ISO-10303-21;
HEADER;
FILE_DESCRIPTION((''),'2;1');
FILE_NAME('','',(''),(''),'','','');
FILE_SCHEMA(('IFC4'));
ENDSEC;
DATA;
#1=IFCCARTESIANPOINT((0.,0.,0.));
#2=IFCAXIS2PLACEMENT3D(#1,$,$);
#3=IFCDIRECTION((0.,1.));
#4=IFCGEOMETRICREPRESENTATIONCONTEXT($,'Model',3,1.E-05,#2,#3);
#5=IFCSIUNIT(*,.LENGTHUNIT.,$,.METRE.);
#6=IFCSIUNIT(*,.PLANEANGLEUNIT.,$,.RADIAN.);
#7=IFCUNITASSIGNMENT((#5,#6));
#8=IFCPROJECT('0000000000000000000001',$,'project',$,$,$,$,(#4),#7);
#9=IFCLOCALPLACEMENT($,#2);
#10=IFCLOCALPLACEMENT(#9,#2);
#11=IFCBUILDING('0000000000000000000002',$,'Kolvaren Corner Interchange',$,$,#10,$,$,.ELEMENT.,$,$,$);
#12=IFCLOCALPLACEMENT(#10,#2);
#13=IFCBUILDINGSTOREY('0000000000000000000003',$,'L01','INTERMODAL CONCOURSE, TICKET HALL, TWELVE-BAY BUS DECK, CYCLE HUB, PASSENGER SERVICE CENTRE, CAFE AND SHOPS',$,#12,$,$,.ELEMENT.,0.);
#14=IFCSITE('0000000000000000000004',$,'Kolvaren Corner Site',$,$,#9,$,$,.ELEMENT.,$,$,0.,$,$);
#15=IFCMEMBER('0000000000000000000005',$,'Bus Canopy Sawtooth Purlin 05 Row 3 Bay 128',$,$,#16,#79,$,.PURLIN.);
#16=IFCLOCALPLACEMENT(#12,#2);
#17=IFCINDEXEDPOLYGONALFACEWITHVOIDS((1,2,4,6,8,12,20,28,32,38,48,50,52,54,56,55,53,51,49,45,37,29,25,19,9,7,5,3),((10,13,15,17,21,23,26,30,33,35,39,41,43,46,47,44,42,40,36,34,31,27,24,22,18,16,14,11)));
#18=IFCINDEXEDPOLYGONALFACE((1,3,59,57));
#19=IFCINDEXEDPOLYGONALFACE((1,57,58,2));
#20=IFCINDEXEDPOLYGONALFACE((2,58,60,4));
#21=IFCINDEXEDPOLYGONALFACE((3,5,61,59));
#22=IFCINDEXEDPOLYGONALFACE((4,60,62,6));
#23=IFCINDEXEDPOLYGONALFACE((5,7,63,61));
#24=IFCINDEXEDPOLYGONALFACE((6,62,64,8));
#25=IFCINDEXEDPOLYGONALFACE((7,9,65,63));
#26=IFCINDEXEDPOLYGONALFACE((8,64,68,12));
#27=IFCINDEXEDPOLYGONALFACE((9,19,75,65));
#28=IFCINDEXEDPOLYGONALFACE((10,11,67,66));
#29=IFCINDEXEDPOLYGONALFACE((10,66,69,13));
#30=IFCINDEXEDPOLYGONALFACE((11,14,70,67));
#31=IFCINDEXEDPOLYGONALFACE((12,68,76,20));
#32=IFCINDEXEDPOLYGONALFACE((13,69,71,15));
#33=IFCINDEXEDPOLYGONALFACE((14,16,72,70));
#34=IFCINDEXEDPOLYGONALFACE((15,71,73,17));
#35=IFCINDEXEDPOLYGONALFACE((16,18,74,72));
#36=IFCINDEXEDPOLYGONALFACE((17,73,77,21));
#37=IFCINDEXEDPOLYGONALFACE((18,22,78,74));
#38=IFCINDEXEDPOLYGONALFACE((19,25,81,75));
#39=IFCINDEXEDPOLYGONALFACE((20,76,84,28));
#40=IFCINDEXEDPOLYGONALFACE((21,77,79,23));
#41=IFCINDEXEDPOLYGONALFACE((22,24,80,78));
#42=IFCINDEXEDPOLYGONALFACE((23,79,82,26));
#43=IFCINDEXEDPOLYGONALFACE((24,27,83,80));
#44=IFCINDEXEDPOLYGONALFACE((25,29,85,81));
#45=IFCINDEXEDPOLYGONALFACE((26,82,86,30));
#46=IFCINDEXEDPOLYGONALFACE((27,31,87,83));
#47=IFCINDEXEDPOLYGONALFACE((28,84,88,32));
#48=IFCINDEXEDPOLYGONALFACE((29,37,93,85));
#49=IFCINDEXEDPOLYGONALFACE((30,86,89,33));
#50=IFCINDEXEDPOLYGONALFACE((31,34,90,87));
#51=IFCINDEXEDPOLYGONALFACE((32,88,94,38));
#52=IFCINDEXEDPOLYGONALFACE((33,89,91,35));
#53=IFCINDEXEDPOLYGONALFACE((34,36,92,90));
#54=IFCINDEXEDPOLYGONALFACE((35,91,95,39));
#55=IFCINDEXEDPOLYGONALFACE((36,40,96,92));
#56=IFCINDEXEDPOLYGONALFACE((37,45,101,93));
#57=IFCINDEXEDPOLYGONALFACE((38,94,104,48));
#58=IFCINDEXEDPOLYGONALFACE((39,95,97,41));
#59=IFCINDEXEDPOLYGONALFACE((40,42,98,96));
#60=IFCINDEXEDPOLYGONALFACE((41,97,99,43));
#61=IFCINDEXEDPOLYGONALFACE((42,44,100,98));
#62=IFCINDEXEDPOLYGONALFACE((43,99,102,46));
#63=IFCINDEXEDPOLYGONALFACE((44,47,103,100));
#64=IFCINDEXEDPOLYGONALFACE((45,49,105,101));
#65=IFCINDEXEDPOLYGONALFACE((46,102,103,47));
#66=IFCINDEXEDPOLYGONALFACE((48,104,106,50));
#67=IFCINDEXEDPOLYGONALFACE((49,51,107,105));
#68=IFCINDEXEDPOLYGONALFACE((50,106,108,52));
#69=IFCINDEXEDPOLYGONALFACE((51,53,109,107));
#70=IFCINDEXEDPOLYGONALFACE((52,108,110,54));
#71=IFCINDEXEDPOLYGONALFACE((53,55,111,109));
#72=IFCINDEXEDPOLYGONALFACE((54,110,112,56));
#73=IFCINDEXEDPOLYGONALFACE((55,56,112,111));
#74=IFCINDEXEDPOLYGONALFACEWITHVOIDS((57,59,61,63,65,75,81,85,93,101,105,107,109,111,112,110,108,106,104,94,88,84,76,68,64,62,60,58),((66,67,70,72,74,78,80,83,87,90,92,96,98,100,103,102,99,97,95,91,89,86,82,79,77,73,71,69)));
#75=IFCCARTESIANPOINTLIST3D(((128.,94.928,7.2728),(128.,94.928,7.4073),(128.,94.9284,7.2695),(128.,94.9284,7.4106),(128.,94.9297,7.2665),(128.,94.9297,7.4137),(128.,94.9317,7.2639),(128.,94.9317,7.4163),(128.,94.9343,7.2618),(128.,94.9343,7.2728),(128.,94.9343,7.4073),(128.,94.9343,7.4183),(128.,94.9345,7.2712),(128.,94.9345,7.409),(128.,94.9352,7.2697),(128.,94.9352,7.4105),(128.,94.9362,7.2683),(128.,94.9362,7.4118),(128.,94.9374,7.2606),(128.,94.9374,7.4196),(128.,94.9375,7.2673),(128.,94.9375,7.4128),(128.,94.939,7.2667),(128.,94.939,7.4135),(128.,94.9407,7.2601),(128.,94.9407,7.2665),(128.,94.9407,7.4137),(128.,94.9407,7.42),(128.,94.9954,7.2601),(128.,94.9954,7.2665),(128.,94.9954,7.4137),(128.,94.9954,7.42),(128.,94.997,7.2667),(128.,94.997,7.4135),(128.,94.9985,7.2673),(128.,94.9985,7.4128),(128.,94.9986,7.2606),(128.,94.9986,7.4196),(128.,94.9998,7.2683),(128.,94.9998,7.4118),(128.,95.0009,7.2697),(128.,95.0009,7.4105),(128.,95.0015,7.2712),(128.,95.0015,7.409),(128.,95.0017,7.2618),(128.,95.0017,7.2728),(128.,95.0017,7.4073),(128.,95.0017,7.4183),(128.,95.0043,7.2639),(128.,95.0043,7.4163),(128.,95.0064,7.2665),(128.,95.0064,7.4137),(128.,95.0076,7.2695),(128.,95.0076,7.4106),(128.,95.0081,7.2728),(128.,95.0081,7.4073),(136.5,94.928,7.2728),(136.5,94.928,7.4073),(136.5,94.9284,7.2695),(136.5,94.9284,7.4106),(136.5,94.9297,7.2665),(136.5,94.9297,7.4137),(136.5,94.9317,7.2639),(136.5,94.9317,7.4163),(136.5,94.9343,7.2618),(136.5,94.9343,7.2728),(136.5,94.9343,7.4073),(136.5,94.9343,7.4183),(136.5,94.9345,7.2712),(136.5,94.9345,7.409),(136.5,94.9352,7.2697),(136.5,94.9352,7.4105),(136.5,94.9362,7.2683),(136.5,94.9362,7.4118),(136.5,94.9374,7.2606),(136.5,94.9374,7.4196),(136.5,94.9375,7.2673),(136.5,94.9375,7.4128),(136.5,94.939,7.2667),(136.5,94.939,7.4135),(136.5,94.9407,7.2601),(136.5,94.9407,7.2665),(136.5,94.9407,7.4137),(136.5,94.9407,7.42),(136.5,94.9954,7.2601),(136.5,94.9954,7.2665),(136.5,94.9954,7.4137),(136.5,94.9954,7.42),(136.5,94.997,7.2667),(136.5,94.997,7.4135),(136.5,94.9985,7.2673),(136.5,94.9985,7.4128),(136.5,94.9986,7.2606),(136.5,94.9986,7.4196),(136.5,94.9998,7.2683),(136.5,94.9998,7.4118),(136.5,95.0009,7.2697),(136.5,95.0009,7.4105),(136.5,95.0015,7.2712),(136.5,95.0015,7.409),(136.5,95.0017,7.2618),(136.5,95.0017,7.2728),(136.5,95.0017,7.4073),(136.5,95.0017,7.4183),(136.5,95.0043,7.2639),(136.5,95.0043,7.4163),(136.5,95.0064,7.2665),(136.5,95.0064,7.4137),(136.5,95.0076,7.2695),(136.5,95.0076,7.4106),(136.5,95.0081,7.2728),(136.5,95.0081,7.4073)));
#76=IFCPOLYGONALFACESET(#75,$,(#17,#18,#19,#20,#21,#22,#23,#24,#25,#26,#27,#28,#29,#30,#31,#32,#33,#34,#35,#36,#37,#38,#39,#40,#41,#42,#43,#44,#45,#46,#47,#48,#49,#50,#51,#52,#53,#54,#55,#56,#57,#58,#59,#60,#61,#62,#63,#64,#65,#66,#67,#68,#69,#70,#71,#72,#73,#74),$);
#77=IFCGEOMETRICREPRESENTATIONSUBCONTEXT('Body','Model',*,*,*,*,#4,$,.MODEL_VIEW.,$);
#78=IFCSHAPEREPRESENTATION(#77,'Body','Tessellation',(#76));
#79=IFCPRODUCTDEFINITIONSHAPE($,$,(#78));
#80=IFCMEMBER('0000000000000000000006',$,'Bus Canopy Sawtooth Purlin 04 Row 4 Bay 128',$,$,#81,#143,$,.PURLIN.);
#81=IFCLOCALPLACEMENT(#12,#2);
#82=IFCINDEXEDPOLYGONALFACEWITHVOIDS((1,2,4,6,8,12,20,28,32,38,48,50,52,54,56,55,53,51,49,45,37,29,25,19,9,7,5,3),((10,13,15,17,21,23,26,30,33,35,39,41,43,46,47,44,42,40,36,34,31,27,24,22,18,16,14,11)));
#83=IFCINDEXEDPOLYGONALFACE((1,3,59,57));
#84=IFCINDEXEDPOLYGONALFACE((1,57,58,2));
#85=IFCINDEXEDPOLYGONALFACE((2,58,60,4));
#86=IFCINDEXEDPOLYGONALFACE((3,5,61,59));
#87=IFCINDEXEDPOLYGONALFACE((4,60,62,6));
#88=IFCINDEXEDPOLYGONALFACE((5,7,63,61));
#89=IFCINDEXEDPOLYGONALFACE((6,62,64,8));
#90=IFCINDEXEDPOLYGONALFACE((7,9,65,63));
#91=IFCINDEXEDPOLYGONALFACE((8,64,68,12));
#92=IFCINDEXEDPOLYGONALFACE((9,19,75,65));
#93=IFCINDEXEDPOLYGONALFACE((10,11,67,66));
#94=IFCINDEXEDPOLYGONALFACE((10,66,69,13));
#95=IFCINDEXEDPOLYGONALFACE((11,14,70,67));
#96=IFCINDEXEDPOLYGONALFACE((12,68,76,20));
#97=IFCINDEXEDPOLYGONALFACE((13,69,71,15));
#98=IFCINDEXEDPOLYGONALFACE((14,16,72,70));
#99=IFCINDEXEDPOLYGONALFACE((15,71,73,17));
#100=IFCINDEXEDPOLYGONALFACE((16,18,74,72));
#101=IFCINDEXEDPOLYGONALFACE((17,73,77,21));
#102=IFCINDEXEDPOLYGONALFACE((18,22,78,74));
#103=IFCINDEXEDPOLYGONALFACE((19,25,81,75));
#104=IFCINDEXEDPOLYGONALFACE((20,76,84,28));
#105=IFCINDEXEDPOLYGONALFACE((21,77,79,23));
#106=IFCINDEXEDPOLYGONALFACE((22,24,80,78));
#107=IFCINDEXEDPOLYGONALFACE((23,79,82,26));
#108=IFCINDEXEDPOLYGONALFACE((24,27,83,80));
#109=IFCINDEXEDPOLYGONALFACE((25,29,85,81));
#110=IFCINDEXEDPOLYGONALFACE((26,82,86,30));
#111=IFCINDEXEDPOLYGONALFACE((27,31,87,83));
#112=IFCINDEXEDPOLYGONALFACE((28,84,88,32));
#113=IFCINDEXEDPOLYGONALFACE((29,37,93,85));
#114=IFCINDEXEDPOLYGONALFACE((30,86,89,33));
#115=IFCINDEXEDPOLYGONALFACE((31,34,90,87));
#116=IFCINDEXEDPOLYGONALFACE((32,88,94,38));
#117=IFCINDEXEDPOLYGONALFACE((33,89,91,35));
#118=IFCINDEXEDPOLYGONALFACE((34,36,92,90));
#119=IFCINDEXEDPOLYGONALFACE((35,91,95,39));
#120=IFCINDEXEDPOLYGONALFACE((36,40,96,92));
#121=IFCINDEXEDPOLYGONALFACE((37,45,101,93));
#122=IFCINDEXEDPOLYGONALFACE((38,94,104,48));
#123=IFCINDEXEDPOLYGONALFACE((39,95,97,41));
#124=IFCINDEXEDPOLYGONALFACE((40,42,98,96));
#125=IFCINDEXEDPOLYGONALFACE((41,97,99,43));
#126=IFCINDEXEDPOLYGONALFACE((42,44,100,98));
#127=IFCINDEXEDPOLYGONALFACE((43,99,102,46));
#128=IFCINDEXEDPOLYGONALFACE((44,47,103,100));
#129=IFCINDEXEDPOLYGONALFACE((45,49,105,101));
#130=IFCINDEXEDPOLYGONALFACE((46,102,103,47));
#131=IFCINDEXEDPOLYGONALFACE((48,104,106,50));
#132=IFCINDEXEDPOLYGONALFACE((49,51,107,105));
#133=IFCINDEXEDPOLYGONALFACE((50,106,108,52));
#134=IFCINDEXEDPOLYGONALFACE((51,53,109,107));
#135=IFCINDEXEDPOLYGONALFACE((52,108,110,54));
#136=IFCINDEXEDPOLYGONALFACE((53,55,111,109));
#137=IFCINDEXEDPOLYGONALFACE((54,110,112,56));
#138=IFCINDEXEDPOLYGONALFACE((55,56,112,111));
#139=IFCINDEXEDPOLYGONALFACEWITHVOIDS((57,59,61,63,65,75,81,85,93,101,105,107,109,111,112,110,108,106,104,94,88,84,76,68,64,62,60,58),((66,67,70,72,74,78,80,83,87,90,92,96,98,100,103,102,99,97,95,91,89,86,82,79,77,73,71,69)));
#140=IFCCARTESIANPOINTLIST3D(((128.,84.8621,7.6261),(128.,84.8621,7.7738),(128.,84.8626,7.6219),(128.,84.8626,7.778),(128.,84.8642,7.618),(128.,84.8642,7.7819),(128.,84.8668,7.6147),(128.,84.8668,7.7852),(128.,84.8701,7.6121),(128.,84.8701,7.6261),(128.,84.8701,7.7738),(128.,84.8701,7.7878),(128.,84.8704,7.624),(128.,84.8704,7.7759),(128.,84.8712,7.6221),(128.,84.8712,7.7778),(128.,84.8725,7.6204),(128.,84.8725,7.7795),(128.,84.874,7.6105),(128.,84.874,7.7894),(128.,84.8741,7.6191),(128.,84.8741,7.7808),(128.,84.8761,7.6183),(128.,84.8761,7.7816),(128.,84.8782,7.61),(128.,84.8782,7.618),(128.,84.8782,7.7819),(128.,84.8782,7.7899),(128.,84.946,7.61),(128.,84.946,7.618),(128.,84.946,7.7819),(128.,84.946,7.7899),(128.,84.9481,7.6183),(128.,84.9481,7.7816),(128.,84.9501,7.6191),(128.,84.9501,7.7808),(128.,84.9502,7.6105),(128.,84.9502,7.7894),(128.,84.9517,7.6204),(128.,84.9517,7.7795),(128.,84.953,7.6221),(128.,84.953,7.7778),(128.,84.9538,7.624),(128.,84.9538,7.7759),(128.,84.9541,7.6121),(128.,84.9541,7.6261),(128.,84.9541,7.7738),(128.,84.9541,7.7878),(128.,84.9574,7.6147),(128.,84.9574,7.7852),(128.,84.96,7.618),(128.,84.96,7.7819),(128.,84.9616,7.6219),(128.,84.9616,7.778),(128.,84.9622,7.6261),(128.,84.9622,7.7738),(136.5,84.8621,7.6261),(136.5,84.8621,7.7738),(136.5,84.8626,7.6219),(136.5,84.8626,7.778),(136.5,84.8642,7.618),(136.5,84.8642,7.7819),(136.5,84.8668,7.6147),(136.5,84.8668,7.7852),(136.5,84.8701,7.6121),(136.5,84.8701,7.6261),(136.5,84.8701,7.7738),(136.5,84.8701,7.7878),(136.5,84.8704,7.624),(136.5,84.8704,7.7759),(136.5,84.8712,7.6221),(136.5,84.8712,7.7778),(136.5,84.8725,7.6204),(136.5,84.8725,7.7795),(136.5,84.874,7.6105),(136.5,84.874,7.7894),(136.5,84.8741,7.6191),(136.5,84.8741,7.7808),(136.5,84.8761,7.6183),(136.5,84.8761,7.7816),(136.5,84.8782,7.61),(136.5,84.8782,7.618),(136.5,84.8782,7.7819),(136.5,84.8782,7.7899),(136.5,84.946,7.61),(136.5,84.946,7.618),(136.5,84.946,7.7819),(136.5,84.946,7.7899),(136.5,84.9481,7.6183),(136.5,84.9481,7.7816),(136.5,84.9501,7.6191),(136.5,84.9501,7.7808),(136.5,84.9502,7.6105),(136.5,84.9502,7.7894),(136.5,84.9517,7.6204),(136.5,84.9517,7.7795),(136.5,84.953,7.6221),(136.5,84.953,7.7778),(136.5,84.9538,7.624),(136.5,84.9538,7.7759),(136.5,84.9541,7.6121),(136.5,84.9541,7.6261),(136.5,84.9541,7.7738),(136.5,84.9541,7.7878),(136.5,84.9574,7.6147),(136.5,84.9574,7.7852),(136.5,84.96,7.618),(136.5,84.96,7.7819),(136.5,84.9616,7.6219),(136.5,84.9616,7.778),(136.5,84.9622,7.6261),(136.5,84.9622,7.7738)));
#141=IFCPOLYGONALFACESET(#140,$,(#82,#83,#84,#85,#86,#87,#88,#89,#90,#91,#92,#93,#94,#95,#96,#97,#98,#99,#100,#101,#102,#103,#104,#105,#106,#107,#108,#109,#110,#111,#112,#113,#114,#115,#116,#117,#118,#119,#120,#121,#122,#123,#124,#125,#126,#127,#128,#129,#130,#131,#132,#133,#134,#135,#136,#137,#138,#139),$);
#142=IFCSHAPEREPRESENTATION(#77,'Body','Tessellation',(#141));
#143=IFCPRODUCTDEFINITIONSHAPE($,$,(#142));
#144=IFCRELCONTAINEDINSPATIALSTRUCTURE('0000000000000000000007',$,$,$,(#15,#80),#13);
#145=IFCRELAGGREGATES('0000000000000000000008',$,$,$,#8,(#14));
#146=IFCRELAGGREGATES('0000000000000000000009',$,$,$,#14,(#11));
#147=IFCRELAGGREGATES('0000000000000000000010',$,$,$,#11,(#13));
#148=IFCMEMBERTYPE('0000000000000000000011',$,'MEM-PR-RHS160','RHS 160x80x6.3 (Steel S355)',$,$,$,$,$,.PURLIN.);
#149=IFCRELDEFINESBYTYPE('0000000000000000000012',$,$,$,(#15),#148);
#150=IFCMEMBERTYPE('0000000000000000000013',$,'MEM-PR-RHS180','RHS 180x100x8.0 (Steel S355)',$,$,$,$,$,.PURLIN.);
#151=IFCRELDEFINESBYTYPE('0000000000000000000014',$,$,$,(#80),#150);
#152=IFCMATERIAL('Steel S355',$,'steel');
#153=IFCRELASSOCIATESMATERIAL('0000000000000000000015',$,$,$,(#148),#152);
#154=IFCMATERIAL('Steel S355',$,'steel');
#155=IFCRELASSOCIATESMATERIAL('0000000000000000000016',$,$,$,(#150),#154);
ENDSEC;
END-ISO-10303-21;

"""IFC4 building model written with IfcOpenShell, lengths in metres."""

from ifc_helpers import new_model, si_unit, direction, frame, origin, origin_2d, place, context, subcontext, project, spatial, hollow_rectangle, extrude, material, material_profile, profile_set, type_object, element, save


model = new_model("IFC4")

# Units and contexts
model_context = context("Model", 3, precision=1e-05, world=origin(), true_north=direction((0.0, 1.0)))
body_context = subcontext(model_context, "Body", "Model", "MODEL_VIEW")
ifc_project = project(units=[si_unit("LENGTHUNIT", "METRE"), si_unit("PLANEANGLEUNIT", "RADIAN")], contexts=[model_context])

# Site, building, storey
site_placement = place(None, origin())
site = spatial("IfcSite", under=ifc_project, at=site_placement, Name="Kolvaren Corner Site", CompositionType="ELEMENT", RefElevation=0.0)
building_placement = place(site_placement, origin())
building = spatial("IfcBuilding", under=site, at=building_placement, Name="Kolvaren Corner Interchange", CompositionType="ELEMENT")
storey_placement = place(building_placement, origin())
storey = spatial("IfcBuildingStorey", under=building, at=storey_placement, Name="L01", Description="INTERMODAL CONCOURSE, TICKET HALL, TWELVE-BAY BUS DECK, CYCLE HUB, PASSENGER SERVICE CENTRE, CAFE AND SHOPS", CompositionType="ELEMENT", Elevation=0.0)

# Members
ifc_material_1 = material(Name="Steel S355", Category="steel")
ifc_material_profile_1 = material_profile(ifc_material_1, hollow_rectangle(XDim=0.0801, YDim=0.1599, WallThickness=0.0063, InnerFilletRadius=0.0063, OuterFilletRadius=0.0127, at=origin_2d()), Name="RHS 160x80x6.3")
ifc_profile_set_1 = profile_set([ifc_material_profile_1], Name="Steel S355")
member_type_1 = type_object("IfcMemberType", Name="MEM-PR-RHS160", Description="RHS 160x80x6.3 (Steel S355)", PredefinedType="PURLIN", material=ifc_profile_set_1)
for number, where, z_axis, x_axis, name in (
    (1, (128.0, 94.968, 7.3401), (1.0, 0.0, 0.0), (0.0, 1.0, 0.0), "Bus Canopy Sawtooth Purlin 05 Row 3 Bay 128"),
):
    element("IfcMember", number, at=place(storey_placement, frame(where, z_axis=z_axis, x_axis=x_axis)), inside=storey, type_object=member_type_1, Name=name, PredefinedType="PURLIN", context=body_context, shape_type="SweptSolid", body=[
        extrude(hollow_rectangle(XDim=0.0801, YDim=0.1599, WallThickness=0.0063, InnerFilletRadius=0.0063, OuterFilletRadius=0.0127, at=origin_2d()), origin(), (0.0, 0.0, 1.0), 8.5),
    ])
ifc_material_2 = material(Name="Steel S355", Category="steel")
ifc_material_profile_2 = material_profile(ifc_material_2, hollow_rectangle(XDim=0.1001, YDim=0.1799, WallThickness=0.0081, InnerFilletRadius=0.0081, OuterFilletRadius=0.0161, at=origin_2d()), Name="RHS 180x100x8.0")
ifc_profile_set_2 = profile_set([ifc_material_profile_2], Name="Steel S355")
member_type_2 = type_object("IfcMemberType", Name="MEM-PR-RHS180", Description="RHS 180x100x8.0 (Steel S355)", PredefinedType="PURLIN", material=ifc_profile_set_2)
for number, where, z_axis, x_axis, name in (
    (2, (128.0, 84.9121, 7.7), (1.0, 0.0, 0.0), (0.0, 1.0, 0.0), "Bus Canopy Sawtooth Purlin 04 Row 4 Bay 128"),
):
    element("IfcMember", number, at=place(storey_placement, frame(where, z_axis=z_axis, x_axis=x_axis)), inside=storey, type_object=member_type_2, Name=name, PredefinedType="PURLIN", context=body_context, shape_type="SweptSolid", body=[
        extrude(hollow_rectangle(XDim=0.1001, YDim=0.1799, WallThickness=0.0081, InnerFilletRadius=0.0081, OuterFilletRadius=0.0161, at=origin_2d()), origin(), (0.0, 0.0, 1.0), 8.5),
    ])

save(model, "model.ifc")
